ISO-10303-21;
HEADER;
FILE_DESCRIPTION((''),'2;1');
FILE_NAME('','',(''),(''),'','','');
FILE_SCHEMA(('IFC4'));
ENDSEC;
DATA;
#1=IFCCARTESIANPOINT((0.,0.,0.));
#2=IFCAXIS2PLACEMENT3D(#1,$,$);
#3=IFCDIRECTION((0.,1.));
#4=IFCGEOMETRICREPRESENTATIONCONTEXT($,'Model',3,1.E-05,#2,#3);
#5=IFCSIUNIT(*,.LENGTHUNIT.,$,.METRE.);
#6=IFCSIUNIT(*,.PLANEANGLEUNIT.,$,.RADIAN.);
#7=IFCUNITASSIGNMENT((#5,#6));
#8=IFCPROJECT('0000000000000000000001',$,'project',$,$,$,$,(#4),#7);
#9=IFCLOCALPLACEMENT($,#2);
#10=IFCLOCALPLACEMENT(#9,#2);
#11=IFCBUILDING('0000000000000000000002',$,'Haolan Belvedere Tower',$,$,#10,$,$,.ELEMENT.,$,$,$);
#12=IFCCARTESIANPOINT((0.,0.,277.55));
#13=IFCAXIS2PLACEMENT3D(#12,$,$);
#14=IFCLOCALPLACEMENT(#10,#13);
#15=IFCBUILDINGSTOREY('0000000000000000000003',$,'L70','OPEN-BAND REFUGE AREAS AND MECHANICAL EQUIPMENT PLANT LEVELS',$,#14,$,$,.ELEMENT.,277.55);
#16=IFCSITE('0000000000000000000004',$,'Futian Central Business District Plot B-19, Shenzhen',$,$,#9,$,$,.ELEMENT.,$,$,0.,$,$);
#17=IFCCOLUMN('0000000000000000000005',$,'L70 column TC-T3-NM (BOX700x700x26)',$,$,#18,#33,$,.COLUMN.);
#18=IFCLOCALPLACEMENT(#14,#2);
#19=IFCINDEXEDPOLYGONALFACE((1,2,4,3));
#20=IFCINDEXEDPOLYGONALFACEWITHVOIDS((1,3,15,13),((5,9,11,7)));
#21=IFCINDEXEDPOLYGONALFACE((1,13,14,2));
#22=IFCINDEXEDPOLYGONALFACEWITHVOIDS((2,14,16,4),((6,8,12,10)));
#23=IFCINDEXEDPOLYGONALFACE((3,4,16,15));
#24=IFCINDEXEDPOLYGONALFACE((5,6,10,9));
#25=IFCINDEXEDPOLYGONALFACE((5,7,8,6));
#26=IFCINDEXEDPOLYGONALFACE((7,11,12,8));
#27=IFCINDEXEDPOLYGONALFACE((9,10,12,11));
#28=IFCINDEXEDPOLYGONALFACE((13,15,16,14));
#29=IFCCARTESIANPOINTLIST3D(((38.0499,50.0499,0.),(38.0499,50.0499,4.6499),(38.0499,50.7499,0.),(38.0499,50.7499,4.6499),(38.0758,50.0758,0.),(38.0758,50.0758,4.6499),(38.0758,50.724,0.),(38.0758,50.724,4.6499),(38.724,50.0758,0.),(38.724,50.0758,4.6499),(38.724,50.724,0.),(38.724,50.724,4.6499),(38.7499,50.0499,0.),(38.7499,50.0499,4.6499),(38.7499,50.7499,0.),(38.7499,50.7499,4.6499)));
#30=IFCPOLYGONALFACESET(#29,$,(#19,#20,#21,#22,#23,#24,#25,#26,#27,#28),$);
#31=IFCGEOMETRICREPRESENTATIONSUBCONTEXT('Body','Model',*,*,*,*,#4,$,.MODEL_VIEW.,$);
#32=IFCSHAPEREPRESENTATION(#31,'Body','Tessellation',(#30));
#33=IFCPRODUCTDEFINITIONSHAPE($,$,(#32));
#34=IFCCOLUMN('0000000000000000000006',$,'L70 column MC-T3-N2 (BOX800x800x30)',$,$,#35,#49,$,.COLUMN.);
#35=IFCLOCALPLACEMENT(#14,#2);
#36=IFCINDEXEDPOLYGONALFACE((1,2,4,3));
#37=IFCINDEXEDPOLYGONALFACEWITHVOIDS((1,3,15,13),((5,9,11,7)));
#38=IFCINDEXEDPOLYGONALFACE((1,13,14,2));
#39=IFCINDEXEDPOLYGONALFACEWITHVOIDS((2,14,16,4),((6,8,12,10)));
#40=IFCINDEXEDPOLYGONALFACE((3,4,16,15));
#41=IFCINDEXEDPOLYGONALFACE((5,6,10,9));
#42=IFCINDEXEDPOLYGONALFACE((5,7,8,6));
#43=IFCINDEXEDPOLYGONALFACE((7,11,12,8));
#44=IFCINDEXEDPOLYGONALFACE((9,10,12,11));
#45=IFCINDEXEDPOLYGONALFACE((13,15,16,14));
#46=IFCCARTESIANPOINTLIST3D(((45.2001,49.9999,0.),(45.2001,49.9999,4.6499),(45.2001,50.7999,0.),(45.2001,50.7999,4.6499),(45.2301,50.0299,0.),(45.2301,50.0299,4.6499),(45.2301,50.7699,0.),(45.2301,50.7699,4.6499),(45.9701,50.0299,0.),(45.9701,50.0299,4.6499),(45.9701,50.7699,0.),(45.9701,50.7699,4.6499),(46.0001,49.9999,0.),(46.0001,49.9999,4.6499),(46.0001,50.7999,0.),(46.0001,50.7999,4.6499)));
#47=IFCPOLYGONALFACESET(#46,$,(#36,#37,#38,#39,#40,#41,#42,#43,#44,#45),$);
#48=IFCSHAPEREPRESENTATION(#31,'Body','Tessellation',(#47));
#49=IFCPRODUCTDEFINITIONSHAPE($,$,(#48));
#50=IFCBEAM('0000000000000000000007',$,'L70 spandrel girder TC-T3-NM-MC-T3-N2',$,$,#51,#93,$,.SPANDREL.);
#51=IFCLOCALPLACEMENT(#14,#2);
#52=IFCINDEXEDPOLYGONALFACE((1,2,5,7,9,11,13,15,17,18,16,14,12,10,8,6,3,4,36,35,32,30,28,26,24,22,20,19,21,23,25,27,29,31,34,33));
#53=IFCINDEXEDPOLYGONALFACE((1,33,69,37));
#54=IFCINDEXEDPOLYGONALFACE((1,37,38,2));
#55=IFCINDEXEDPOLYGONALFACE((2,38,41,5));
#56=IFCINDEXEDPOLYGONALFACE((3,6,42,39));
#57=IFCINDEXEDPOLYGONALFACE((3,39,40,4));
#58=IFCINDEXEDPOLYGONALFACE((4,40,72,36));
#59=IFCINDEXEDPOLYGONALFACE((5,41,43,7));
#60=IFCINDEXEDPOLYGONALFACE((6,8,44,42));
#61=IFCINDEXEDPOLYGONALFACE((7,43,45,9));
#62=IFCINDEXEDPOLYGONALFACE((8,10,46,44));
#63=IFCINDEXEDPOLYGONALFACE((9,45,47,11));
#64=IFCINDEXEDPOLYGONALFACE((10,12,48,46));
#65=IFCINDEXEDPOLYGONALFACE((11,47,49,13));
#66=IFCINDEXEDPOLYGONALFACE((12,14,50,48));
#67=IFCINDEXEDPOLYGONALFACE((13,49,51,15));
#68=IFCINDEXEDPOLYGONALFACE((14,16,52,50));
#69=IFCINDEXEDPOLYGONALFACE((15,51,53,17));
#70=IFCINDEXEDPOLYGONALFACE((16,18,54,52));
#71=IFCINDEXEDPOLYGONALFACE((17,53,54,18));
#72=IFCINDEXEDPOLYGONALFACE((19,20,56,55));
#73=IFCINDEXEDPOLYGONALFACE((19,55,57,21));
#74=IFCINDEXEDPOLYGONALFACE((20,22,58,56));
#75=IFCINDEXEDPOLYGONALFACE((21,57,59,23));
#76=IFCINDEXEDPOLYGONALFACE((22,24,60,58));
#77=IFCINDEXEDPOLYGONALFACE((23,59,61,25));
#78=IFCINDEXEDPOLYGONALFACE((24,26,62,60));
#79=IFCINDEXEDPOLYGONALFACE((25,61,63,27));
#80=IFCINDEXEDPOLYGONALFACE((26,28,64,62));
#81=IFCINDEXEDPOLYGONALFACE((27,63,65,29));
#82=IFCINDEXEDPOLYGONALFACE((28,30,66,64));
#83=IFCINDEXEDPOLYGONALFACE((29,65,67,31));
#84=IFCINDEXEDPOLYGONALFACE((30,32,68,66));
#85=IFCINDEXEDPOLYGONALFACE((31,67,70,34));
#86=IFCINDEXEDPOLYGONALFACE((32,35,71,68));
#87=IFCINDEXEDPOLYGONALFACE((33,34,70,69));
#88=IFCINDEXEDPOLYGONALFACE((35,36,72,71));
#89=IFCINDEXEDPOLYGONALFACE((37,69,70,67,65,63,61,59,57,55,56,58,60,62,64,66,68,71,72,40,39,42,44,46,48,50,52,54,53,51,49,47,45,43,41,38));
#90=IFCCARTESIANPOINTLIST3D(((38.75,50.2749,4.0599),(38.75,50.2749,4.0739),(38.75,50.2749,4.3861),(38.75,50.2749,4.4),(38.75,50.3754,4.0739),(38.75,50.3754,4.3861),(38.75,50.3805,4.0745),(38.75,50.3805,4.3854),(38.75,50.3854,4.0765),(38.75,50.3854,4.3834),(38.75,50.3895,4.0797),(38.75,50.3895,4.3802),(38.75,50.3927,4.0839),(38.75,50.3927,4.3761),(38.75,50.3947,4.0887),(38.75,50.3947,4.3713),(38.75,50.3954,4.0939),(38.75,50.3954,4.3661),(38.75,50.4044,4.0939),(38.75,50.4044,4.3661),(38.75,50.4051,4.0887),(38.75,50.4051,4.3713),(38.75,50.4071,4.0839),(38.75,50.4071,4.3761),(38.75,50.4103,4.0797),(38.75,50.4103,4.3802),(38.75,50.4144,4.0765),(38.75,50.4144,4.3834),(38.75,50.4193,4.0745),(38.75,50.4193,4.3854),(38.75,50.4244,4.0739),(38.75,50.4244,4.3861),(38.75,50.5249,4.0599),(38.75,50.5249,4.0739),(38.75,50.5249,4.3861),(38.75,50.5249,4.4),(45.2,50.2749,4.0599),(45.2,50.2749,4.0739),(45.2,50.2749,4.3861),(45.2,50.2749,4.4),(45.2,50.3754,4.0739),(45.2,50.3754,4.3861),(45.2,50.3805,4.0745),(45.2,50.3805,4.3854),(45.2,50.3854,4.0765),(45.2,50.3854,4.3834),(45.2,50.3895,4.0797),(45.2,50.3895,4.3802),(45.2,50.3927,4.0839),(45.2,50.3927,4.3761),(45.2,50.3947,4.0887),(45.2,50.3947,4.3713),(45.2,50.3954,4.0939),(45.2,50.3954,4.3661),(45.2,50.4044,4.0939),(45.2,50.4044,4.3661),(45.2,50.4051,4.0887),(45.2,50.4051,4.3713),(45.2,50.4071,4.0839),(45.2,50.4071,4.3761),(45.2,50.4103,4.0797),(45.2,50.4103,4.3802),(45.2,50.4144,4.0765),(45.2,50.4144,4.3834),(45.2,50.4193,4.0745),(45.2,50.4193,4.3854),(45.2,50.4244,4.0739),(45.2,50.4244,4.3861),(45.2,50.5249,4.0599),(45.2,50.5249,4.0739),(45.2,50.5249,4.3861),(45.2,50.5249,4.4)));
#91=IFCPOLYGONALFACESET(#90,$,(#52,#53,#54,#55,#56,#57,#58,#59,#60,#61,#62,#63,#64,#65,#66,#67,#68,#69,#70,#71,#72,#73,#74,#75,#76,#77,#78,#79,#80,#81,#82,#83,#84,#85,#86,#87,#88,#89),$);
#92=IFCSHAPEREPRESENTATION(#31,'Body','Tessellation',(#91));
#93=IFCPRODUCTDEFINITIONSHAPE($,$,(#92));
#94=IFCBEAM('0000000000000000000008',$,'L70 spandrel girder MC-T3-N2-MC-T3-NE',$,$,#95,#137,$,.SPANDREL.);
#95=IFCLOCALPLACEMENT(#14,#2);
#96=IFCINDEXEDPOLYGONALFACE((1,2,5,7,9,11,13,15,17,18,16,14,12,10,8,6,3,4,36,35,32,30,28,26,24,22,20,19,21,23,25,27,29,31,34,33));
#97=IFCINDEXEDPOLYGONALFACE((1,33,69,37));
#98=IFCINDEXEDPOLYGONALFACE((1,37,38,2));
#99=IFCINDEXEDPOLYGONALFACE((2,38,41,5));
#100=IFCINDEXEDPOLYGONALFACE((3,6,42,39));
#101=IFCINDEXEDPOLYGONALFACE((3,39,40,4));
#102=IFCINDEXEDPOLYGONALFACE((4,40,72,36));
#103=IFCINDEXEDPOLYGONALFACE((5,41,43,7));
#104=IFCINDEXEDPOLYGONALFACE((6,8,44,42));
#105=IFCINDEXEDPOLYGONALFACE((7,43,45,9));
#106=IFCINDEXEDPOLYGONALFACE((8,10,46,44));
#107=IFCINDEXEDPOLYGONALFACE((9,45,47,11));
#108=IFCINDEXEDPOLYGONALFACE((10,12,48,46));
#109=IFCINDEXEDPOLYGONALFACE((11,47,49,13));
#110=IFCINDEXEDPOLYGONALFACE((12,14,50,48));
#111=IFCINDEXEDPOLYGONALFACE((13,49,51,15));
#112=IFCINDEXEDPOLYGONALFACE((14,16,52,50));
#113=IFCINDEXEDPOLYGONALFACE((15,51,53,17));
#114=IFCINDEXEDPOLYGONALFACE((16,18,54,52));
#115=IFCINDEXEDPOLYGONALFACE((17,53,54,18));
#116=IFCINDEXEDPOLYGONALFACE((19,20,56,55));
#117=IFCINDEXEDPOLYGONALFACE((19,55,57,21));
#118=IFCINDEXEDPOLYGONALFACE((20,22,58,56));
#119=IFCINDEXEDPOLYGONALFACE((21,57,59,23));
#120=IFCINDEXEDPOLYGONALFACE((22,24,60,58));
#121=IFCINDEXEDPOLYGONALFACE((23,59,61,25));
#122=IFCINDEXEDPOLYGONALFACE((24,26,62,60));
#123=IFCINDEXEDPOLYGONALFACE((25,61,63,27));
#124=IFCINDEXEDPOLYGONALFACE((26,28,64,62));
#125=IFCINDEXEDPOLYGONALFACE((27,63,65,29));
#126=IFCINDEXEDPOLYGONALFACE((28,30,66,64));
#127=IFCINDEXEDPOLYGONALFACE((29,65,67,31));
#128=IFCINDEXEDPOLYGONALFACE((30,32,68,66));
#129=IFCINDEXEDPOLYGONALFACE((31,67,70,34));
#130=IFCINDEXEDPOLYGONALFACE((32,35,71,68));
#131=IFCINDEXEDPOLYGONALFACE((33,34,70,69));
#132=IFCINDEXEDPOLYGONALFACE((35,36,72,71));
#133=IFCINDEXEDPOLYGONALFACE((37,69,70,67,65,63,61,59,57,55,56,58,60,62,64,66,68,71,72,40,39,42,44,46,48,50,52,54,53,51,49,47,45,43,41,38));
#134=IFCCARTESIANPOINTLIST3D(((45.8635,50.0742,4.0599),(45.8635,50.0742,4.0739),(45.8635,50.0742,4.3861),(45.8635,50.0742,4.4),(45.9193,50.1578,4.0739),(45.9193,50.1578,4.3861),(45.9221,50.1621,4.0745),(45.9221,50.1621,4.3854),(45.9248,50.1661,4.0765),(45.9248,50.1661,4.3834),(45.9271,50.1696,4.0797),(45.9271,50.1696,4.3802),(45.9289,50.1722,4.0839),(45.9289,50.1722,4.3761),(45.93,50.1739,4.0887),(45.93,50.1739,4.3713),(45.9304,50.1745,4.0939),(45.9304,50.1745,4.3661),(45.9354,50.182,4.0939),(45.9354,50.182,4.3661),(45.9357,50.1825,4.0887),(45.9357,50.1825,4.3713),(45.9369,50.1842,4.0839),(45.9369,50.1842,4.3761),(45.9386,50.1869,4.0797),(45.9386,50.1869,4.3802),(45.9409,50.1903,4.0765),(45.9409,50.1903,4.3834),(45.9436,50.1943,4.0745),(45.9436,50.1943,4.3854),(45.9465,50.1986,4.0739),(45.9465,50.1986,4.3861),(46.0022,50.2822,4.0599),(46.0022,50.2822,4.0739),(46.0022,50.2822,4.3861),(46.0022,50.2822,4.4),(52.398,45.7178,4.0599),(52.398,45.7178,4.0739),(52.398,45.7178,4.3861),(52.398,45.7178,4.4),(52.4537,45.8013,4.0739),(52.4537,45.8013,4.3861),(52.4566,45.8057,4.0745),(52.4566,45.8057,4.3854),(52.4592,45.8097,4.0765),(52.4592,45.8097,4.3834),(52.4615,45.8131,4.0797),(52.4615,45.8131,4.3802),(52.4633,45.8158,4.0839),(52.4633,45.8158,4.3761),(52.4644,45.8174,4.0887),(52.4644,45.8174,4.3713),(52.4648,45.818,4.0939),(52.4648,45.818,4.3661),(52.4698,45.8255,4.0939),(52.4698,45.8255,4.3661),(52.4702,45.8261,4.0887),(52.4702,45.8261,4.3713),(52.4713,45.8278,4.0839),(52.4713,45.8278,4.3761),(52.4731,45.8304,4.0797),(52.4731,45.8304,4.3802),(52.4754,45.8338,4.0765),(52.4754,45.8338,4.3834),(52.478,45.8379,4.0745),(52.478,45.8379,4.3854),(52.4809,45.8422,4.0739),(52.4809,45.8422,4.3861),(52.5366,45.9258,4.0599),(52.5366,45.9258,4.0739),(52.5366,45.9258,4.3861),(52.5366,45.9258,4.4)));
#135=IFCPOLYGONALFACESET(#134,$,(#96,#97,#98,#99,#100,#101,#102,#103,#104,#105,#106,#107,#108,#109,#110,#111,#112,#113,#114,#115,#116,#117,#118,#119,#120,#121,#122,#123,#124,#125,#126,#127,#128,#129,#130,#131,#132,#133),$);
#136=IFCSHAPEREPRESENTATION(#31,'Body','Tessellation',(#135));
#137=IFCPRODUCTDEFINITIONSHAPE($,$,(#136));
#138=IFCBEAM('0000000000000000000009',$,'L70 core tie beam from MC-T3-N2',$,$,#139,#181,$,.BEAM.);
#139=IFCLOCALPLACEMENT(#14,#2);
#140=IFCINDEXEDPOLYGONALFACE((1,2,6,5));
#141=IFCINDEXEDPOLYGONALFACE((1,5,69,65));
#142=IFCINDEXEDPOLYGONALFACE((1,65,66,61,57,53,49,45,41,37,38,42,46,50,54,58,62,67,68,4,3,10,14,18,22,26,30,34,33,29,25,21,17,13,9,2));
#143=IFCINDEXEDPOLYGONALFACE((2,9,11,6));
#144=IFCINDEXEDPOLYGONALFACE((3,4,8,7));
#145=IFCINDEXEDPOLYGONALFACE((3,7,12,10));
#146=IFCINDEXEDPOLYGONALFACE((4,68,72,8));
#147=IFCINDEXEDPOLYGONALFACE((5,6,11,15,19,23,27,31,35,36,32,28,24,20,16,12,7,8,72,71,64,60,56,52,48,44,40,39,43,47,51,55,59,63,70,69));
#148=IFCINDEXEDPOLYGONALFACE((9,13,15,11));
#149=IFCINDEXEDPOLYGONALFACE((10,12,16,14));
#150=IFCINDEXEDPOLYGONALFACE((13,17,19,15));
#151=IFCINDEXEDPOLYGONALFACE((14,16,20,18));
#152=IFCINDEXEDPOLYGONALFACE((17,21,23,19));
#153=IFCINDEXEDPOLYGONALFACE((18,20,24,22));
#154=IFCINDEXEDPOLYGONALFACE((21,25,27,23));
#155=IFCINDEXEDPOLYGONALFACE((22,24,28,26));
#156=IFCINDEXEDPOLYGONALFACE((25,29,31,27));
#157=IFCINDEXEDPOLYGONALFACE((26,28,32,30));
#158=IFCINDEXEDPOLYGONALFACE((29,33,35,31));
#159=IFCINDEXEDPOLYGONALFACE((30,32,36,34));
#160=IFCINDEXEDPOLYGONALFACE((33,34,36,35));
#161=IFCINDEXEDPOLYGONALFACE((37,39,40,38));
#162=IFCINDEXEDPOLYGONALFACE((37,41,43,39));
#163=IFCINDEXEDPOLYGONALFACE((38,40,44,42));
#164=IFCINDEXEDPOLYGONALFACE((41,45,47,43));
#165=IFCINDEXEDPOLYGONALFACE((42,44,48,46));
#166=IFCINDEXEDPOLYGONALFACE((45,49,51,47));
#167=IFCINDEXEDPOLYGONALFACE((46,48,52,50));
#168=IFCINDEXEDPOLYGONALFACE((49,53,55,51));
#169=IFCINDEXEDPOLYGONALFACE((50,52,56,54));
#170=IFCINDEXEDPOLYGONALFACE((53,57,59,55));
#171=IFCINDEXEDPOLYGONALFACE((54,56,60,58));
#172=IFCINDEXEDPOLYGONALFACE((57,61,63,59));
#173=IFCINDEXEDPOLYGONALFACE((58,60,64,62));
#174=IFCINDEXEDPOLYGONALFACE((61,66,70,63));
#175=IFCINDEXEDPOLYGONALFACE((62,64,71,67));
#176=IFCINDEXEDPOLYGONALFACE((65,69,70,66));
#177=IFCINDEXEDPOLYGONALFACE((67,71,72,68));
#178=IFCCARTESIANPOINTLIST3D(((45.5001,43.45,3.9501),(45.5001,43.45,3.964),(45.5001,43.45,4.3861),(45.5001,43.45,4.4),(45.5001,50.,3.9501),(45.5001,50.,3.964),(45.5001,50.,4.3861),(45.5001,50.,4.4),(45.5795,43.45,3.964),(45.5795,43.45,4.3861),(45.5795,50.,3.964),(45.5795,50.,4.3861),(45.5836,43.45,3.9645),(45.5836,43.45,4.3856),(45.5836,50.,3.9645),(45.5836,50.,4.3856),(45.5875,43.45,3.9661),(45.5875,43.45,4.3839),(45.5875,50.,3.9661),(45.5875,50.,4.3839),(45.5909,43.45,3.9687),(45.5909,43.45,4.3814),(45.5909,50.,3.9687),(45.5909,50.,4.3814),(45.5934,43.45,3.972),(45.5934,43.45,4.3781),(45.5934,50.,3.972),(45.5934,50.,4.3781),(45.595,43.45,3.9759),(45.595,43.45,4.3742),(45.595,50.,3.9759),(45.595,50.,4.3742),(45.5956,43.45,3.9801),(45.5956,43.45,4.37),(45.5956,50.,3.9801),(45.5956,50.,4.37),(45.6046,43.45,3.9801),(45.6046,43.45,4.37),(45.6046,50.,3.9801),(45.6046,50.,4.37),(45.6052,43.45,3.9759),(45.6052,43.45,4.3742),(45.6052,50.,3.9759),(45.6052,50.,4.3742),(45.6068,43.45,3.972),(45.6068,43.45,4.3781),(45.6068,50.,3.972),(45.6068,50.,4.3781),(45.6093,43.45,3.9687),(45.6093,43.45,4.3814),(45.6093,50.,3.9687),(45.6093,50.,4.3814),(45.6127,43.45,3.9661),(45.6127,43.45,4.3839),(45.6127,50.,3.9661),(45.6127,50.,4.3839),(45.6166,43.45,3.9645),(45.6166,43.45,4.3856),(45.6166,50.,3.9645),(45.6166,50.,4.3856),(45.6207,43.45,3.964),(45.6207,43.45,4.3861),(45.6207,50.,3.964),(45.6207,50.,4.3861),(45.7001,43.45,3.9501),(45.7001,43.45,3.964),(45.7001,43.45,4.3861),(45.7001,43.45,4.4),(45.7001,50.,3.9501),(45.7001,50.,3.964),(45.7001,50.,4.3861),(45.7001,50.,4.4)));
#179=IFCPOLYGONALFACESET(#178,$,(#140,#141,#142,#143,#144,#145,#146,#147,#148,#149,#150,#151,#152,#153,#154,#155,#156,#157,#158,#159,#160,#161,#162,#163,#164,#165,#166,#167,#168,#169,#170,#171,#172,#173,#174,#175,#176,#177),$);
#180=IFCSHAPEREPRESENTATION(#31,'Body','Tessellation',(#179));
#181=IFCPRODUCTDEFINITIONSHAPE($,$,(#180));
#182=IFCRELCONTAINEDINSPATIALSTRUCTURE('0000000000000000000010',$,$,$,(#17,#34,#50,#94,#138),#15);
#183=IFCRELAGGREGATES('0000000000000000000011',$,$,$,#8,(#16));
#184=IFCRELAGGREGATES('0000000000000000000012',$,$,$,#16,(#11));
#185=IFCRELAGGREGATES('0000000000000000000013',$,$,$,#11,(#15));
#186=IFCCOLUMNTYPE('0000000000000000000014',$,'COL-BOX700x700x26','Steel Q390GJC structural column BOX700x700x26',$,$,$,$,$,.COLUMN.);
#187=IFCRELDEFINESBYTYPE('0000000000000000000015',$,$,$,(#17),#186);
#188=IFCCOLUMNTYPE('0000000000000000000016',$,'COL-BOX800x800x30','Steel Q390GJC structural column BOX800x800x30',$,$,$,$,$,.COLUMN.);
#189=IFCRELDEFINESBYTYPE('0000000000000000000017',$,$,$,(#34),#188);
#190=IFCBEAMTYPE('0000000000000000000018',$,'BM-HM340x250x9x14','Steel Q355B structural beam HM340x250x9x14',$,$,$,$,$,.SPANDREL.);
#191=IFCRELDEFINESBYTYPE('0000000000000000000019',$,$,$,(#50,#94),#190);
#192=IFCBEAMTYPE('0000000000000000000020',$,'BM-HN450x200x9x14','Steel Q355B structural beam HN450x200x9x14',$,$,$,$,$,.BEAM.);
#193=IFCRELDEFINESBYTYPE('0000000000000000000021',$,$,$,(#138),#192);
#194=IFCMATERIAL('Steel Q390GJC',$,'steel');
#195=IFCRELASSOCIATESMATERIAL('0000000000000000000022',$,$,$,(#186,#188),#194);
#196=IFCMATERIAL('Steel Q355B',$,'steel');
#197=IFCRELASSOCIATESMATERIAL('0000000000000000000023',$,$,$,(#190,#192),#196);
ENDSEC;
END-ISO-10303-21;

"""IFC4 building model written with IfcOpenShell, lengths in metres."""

from ifc_helpers import new_model, si_unit, direction, frame, origin, origin_2d, place, context, subcontext, project, spatial, hollow_rectangle, i_section, extrude, material, material_profile, profile_set, type_object, element, save


model = new_model("IFC4")

# Units and contexts
model_context = context("Model", 3, precision=1e-05, world=origin(), true_north=direction((0.0, 1.0)))
body_context = subcontext(model_context, "Body", "Model", "MODEL_VIEW")
ifc_project = project(units=[si_unit("LENGTHUNIT", "METRE"), si_unit("PLANEANGLEUNIT", "RADIAN")], contexts=[model_context])

# Site, building, storey
site_placement = place(None, origin())
site = spatial("IfcSite", under=ifc_project, at=site_placement, Name="Futian Central Business District Plot B-19, Shenzhen", CompositionType="ELEMENT", RefElevation=0.0)
building_placement = place(site_placement, origin())
building = spatial("IfcBuilding", under=site, at=building_placement, Name="Haolan Belvedere Tower", CompositionType="ELEMENT")
storey_placement = place(building_placement, frame((0.0, 0.0, 277.55)))
storey = spatial("IfcBuildingStorey", under=building, at=storey_placement, Name="L70", Description="OPEN-BAND REFUGE AREAS AND MECHANICAL EQUIPMENT PLANT LEVELS", CompositionType="ELEMENT", Elevation=277.55)

# Columns
ifc_material_1 = material(Name="Steel Q390GJC", Category="steel")
ifc_material_profile_1 = material_profile(ifc_material_1, hollow_rectangle(XDim=0.7, YDim=0.7, WallThickness=0.0259, at=origin_2d()), Name="Steel Q390GJC")
ifc_profile_set_1 = profile_set([ifc_material_profile_1], Name="Steel Q390GJC")
column_type_1 = type_object("IfcColumnType", Name="COL-BOX700x700x26", Description="Steel Q390GJC structural column BOX700x700x26", PredefinedType="COLUMN", material=ifc_profile_set_1)
column_1_placement = place(storey_placement, frame((38.3999, 50.3999, 0.0), z_axis=(0.0, 0.0, 1.0), x_axis=(1.0, 0.0, 0.0)))
element("IfcColumn", 1, at=column_1_placement, inside=storey, type_object=column_type_1, Name="L70 column TC-T3-NM (BOX700x700x26)", PredefinedType="COLUMN", context=body_context, shape_type="SweptSolid", body=[
    extrude(hollow_rectangle(XDim=0.7, YDim=0.7, WallThickness=0.0259, at=origin_2d()), origin(), (0.0, 0.0, 1.0), 4.6499),
])
ifc_material_profile_2 = material_profile(ifc_material_1, hollow_rectangle(XDim=0.8, YDim=0.8, WallThickness=0.03, at=origin_2d()), Name="Steel Q390GJC")
ifc_profile_set_2 = profile_set([ifc_material_profile_2], Name="Steel Q390GJC")
column_type_2 = type_object("IfcColumnType", Name="COL-BOX800x800x30", Description="Steel Q390GJC structural column BOX800x800x30", PredefinedType="COLUMN", material=ifc_profile_set_2)
column_2_placement = place(storey_placement, frame((45.6001, 50.3999, 0.0), z_axis=(0.0, 0.0, 1.0), x_axis=(1.0, 0.0, 0.0)))
element("IfcColumn", 2, at=column_2_placement, inside=storey, type_object=column_type_2, Name="L70 column MC-T3-N2 (BOX800x800x30)", PredefinedType="COLUMN", context=body_context, shape_type="SweptSolid", body=[
    extrude(hollow_rectangle(XDim=0.8, YDim=0.8, WallThickness=0.03, at=origin_2d()), origin(), (0.0, 0.0, 1.0), 4.6499),
])

# Beams
ifc_material_2 = material(Name="Steel Q355B", Category="steel")
ifc_material_profile_3 = material_profile(ifc_material_2, i_section(OverallWidth=0.25, OverallDepth=0.3401, WebThickness=0.009, FlangeThickness=0.0139, FilletRadius=0.02, at=origin_2d()), Name="Steel Q355B")
ifc_profile_set_3 = profile_set([ifc_material_profile_3], Name="Steel Q355B")
beam_type_1 = type_object("IfcBeamType", Name="BM-HM340x250x9x14", Description="Steel Q355B structural beam HM340x250x9x14", PredefinedType="SPANDREL", material=ifc_profile_set_3)
beam_1_placement = place(storey_placement, frame((38.75, 50.3999, 4.23), z_axis=(1.0, 0.0, 0.0), x_axis=(0.0, 1.0, 0.0)))
element("IfcBeam", 3, at=beam_1_placement, inside=storey, type_object=beam_type_1, Name="L70 spandrel girder TC-T3-NM-MC-T3-N2", PredefinedType="SPANDREL", context=body_context, shape_type="SweptSolid", body=[
    extrude(i_section(OverallWidth=0.25, OverallDepth=0.3401, WebThickness=0.009, FlangeThickness=0.0139, FilletRadius=0.02, at=origin_2d()), origin(), (0.0, 0.0, 1.0), 6.45),
])
beam_2_placement = place(storey_placement, frame((45.9329, 50.1782, 4.23), z_axis=(0.832041, -0.554715, 0.0), x_axis=(0.554715, 0.832041, 0.0)))
element("IfcBeam", 4, at=beam_2_placement, inside=storey, type_object=beam_type_1, Name="L70 spandrel girder MC-T3-N2-MC-T3-NE", PredefinedType="SPANDREL", context=body_context, shape_type="SweptSolid", body=[
    extrude(i_section(OverallWidth=0.25, OverallDepth=0.3401, WebThickness=0.009, FlangeThickness=0.0139, FilletRadius=0.02, at=origin_2d()), origin(), (0.0, 0.0, 1.0), 7.8535),
])
ifc_material_profile_4 = material_profile(ifc_material_2, i_section(OverallWidth=0.2, OverallDepth=0.45, WebThickness=0.009, FlangeThickness=0.0139, FilletRadius=0.0161, at=origin_2d()), Name="Steel Q355B")
ifc_profile_set_4 = profile_set([ifc_material_profile_4], Name="Steel Q355B")
beam_type_2 = type_object("IfcBeamType", Name="BM-HN450x200x9x14", Description="Steel Q355B structural beam HN450x200x9x14", PredefinedType="BEAM", material=ifc_profile_set_4)
beam_3_placement = place(storey_placement, frame((45.6001, 50.0, 4.175), z_axis=(0.0, -1.0, 0.0), x_axis=(1.0, 0.0, 0.0)))
element("IfcBeam", 5, at=beam_3_placement, inside=storey, type_object=beam_type_2, Name="L70 core tie beam from MC-T3-N2", PredefinedType="BEAM", context=body_context, shape_type="SweptSolid", body=[
    extrude(i_section(OverallWidth=0.2, OverallDepth=0.45, WebThickness=0.009, FlangeThickness=0.0139, FilletRadius=0.0161, at=origin_2d()), origin(), (0.0, 0.0, 1.0), 6.55),
])

save(model, "model.ifc")
